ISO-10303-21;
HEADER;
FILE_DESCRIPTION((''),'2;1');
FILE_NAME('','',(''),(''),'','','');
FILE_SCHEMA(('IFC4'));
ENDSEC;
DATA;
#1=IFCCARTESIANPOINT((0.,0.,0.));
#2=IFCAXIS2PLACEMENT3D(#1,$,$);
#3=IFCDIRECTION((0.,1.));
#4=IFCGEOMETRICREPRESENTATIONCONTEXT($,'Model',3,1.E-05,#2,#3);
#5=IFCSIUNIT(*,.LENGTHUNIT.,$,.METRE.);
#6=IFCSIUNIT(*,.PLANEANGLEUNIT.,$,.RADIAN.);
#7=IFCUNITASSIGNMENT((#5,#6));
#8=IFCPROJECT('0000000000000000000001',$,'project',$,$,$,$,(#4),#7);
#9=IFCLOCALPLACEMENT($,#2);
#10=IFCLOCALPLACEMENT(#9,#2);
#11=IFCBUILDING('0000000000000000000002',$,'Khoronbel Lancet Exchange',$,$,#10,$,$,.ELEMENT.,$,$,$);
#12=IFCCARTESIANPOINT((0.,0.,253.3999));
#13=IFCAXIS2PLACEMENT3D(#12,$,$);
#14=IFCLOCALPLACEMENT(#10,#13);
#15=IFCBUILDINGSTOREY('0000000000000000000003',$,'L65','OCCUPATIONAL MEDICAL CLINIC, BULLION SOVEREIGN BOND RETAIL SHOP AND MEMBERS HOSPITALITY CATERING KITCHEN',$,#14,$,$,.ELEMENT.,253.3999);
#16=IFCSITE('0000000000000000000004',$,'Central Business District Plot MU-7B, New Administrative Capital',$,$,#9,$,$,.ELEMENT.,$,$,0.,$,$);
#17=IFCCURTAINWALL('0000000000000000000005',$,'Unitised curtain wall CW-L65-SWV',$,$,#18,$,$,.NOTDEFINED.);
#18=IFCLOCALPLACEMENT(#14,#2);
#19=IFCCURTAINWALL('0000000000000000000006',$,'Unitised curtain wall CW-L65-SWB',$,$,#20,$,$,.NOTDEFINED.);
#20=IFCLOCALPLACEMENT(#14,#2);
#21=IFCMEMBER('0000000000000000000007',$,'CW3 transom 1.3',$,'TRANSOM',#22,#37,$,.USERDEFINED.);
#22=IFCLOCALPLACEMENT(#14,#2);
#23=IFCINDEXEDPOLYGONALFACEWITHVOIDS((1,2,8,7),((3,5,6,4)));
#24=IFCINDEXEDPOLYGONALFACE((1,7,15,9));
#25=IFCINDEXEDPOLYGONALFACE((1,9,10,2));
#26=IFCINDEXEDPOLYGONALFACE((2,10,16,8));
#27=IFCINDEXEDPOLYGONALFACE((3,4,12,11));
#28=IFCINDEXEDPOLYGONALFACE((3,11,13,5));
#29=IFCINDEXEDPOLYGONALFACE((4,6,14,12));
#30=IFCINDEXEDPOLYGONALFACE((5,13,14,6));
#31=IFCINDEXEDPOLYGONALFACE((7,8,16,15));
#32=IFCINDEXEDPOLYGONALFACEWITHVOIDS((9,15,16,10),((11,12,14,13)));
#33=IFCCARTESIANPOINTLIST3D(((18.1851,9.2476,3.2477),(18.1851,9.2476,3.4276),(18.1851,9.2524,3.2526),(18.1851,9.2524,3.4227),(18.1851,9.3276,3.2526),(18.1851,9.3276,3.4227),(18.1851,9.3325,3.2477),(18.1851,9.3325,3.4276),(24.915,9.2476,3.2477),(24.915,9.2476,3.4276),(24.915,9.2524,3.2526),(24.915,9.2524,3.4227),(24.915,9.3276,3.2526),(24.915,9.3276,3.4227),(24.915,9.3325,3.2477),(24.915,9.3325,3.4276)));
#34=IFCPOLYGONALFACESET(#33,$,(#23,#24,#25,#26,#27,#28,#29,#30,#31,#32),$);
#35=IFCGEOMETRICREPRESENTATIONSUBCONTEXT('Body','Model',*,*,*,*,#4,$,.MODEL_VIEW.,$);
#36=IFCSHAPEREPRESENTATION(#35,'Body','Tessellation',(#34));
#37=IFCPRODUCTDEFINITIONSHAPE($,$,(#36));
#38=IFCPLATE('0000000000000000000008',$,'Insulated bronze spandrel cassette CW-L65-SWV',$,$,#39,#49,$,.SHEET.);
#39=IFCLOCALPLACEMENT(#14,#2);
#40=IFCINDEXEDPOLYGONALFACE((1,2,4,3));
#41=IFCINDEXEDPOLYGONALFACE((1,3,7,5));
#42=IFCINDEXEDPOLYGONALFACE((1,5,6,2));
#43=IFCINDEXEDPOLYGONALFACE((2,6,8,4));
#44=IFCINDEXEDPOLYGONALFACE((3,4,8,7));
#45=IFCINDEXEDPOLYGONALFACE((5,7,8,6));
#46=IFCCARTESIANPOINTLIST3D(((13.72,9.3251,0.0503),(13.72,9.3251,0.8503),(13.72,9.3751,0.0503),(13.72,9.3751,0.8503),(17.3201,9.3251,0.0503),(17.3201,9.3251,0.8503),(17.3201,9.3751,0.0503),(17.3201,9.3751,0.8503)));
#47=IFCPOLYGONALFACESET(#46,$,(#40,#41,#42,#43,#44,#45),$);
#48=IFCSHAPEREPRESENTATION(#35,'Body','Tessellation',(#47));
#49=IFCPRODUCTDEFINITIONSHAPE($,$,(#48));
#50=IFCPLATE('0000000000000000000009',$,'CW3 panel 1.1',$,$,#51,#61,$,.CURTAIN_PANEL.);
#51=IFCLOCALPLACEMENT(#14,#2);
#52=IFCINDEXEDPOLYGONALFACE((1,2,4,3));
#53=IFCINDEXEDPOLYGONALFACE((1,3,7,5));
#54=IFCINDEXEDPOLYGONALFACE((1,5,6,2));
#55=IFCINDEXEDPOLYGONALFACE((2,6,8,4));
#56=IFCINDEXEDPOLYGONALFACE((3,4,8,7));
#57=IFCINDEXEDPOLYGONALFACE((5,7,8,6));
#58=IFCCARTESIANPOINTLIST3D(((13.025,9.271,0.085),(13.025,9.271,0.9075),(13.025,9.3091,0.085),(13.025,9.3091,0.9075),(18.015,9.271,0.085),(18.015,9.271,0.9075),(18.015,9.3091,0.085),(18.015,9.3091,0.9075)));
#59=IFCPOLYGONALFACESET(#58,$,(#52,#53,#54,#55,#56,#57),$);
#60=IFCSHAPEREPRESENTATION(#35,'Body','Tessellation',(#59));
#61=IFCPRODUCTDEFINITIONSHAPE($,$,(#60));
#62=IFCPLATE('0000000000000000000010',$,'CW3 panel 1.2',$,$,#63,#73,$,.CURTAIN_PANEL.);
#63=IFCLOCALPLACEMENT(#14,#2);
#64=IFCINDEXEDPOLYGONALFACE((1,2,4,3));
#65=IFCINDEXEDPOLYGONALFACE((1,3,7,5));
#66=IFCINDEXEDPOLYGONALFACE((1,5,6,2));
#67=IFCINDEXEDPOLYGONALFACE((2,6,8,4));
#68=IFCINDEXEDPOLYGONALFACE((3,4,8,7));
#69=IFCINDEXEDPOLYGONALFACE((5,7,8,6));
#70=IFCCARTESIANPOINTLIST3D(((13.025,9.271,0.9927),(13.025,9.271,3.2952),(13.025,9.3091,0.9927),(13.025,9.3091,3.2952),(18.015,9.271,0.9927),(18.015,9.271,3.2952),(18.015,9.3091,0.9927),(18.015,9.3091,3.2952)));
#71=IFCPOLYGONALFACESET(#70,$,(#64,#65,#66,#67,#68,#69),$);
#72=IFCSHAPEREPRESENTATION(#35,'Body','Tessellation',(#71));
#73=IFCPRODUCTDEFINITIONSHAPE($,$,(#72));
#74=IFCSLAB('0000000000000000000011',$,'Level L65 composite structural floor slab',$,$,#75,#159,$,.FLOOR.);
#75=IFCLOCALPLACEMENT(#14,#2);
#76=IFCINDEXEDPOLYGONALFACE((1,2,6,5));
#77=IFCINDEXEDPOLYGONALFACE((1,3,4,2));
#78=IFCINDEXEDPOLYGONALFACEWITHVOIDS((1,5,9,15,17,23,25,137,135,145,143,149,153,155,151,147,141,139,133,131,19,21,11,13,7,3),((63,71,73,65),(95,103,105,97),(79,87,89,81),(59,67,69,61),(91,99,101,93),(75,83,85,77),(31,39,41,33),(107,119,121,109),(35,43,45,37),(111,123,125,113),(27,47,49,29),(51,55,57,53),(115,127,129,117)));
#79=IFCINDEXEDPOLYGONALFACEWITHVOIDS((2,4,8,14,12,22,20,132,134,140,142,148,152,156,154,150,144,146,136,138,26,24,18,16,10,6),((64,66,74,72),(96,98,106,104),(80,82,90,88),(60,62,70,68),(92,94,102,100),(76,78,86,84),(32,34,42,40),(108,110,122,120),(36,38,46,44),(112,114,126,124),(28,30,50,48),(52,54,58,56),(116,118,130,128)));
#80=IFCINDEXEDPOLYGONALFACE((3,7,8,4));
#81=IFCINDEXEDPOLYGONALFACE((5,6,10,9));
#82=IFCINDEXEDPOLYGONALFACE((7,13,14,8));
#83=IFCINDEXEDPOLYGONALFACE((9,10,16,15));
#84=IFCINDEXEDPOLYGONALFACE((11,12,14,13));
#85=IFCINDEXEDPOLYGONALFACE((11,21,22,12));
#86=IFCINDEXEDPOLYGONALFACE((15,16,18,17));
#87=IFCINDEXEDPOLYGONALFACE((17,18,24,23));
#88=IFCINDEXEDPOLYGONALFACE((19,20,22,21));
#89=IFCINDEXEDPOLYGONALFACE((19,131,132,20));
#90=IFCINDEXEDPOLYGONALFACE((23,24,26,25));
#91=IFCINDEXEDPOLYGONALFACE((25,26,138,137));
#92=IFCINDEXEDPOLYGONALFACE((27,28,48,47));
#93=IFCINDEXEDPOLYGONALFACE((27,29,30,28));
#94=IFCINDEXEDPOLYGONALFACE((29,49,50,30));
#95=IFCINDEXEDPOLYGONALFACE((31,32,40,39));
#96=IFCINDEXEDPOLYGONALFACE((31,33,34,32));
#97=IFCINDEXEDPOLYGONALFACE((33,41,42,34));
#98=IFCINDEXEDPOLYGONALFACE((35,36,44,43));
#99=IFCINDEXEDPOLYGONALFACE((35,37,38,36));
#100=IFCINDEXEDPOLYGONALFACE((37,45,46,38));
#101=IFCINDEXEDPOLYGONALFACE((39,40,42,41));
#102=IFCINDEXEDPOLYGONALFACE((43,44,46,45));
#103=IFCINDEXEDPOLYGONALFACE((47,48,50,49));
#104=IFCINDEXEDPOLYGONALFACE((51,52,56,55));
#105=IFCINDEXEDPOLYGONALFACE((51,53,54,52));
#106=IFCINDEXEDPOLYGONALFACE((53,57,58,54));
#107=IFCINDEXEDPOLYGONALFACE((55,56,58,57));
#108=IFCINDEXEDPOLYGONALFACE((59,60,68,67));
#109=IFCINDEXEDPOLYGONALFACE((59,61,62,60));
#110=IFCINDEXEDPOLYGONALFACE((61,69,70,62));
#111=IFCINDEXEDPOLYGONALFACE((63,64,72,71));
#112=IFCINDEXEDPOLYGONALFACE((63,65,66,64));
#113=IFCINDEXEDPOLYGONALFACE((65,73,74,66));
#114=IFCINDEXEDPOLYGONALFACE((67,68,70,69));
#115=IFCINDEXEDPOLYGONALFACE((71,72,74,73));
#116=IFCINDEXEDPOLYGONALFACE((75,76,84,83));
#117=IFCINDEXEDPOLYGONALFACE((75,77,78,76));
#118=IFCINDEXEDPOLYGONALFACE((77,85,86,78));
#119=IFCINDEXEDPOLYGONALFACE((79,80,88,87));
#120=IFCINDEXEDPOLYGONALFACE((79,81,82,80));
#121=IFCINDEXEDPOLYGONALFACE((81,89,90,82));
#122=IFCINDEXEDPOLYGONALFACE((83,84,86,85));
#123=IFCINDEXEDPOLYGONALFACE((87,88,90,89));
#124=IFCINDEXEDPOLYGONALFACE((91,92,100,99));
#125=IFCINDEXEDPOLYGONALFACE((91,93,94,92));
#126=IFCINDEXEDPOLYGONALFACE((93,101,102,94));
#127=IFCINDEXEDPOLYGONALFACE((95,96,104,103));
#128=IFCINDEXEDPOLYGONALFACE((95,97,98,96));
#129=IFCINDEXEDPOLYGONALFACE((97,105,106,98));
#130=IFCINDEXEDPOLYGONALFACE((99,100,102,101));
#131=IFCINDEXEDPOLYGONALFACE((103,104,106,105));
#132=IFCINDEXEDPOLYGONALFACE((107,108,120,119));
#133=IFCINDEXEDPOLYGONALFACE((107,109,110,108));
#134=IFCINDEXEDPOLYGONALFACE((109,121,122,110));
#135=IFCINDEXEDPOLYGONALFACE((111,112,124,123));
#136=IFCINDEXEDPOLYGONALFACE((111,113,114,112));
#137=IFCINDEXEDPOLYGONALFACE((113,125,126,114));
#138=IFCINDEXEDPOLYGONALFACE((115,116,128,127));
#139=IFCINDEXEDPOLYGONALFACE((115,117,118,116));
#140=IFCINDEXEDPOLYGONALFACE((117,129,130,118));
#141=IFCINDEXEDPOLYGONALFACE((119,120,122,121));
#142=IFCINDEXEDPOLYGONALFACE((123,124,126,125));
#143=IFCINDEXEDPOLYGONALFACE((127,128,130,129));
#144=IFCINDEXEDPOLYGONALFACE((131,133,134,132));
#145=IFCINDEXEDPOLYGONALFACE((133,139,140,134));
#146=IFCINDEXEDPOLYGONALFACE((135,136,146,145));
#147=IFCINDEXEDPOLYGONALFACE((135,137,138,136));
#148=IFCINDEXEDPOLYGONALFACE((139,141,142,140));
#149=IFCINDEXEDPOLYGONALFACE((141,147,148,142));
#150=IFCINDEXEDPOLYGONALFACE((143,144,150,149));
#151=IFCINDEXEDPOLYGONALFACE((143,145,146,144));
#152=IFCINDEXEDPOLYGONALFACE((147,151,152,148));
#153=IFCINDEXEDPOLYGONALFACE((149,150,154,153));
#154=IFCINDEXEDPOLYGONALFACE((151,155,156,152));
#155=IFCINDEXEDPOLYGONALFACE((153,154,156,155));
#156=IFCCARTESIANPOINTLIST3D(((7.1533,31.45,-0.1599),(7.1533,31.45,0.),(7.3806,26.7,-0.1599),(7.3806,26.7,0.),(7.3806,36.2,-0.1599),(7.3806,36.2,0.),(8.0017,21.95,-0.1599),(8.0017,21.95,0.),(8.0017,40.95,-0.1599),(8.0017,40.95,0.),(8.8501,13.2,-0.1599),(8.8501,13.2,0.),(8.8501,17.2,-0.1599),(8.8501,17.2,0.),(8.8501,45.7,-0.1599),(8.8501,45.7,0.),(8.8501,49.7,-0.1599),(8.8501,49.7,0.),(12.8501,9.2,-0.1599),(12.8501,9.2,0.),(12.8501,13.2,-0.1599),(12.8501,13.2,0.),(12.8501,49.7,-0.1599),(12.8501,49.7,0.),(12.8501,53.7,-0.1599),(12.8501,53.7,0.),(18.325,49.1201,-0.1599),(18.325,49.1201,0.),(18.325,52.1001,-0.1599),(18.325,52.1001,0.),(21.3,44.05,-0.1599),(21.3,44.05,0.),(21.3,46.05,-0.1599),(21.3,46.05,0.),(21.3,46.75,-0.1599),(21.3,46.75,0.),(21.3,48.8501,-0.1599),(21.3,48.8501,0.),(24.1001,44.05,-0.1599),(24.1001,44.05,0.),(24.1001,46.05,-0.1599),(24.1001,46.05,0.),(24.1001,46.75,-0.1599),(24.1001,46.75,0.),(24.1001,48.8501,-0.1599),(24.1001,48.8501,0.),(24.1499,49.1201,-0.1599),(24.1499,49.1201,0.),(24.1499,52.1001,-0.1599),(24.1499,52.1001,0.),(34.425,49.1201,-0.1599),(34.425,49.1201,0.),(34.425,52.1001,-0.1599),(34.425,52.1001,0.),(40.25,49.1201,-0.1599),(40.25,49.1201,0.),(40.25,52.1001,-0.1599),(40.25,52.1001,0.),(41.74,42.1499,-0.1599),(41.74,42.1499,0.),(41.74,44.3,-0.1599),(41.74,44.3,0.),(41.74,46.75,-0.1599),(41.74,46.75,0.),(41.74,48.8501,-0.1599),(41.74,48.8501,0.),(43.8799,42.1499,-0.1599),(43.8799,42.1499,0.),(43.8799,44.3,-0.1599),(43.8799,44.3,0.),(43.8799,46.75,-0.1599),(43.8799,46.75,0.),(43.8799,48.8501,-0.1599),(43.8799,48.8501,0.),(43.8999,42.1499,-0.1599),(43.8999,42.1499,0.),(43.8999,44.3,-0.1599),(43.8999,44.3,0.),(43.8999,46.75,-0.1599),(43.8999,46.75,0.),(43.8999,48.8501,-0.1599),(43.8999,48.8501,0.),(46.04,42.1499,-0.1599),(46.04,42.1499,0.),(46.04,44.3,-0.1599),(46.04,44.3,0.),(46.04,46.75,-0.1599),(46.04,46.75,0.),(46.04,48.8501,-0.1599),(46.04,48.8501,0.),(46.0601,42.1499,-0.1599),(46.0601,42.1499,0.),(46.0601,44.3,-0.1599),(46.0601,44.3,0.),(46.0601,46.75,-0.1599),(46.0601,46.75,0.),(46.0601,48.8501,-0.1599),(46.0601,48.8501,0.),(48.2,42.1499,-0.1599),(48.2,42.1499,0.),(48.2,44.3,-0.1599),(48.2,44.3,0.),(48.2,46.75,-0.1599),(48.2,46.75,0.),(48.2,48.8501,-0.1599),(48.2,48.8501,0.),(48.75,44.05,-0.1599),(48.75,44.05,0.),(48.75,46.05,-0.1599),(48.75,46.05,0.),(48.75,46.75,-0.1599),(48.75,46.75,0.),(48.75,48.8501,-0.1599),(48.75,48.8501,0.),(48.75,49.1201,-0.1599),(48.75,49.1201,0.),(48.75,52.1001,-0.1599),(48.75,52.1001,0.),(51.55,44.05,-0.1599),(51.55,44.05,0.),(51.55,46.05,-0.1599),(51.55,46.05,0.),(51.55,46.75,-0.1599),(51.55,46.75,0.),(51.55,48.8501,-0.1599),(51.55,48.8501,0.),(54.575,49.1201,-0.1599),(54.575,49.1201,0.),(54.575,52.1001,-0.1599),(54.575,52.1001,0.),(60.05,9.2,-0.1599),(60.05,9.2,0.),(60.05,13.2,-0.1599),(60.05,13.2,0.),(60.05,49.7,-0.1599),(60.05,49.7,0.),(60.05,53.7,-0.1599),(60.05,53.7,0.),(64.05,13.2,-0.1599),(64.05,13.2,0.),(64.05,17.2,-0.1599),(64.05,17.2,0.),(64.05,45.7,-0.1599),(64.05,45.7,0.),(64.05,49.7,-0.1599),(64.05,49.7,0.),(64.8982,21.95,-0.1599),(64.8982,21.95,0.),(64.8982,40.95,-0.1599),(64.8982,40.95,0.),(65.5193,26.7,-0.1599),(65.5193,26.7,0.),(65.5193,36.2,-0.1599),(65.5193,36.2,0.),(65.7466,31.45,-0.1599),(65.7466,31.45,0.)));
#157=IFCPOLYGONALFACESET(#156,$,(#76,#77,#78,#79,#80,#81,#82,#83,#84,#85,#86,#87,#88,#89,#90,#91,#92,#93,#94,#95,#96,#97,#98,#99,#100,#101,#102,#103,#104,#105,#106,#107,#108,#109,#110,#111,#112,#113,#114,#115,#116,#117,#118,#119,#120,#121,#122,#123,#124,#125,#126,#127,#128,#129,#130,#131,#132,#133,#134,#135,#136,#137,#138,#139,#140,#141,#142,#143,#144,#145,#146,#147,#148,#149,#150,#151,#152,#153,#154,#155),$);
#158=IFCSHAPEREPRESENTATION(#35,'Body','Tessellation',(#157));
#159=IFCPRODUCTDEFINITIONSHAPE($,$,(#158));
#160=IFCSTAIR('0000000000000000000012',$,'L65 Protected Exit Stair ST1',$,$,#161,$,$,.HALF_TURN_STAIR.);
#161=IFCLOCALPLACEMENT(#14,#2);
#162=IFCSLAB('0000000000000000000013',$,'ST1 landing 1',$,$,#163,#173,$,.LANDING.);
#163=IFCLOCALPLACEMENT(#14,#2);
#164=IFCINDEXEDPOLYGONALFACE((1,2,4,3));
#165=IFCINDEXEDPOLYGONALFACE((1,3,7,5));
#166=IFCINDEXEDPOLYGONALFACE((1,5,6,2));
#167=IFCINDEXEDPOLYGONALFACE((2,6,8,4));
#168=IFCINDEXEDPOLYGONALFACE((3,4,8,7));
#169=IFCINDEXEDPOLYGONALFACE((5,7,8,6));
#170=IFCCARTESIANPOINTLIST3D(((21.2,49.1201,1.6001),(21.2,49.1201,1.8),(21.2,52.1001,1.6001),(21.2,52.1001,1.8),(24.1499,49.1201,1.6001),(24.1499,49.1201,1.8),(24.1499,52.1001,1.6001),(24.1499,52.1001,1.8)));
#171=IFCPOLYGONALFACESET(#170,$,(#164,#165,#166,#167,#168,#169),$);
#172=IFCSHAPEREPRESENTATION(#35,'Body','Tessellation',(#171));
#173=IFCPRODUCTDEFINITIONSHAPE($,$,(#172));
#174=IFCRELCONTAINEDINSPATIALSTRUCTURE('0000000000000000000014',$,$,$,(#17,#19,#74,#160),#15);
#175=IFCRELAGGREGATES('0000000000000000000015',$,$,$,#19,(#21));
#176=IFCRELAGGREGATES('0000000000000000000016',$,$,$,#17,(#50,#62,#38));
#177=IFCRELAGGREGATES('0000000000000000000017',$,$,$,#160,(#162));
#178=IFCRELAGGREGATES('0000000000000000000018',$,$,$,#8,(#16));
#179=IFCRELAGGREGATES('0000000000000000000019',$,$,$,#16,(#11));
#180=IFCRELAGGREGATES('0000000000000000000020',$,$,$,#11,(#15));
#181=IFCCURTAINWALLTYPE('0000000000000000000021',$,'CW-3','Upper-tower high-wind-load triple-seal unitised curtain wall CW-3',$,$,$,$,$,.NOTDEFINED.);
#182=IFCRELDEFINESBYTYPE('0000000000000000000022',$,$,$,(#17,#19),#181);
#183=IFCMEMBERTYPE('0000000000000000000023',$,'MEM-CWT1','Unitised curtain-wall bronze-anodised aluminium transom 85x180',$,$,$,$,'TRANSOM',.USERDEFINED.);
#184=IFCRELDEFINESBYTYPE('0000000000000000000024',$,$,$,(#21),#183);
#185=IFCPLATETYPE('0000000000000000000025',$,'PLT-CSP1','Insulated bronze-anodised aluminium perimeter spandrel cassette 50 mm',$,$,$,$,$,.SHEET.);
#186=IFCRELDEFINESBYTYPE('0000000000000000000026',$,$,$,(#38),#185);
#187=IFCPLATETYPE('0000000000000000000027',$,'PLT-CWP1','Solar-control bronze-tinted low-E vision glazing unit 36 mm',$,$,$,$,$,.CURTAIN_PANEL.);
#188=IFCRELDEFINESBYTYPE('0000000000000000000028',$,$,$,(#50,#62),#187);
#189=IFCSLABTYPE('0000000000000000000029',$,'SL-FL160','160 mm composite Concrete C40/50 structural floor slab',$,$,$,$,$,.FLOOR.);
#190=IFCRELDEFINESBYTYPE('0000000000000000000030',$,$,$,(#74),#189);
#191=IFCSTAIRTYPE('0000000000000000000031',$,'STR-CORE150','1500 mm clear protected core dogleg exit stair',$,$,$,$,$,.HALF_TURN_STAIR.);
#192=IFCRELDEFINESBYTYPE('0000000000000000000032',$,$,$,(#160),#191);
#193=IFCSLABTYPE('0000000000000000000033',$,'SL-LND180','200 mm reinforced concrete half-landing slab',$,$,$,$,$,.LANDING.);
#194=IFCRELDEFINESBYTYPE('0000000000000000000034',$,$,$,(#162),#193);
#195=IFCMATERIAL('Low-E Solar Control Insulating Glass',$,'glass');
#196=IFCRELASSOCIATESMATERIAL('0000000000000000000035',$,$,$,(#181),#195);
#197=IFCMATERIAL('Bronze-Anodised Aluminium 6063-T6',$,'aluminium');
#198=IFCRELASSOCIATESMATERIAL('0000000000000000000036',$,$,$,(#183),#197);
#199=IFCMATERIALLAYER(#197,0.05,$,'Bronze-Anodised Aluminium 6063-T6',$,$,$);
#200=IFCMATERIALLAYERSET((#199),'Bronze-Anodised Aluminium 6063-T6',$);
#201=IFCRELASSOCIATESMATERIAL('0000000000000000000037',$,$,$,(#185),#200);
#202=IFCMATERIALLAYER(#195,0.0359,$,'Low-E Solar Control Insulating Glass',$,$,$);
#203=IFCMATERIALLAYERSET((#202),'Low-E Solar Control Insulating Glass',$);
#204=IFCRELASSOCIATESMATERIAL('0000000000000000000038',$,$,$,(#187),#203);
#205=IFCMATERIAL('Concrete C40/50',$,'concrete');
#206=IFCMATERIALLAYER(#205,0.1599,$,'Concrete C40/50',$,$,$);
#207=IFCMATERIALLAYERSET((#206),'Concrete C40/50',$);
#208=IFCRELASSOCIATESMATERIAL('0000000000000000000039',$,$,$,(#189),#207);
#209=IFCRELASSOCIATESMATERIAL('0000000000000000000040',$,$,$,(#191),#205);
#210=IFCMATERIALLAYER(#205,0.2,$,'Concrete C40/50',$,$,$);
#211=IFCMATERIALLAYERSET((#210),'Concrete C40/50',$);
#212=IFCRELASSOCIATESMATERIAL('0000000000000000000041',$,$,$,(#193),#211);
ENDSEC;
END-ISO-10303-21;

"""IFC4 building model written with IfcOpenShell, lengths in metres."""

from ifc_helpers import new_model, si_unit, direction, frame, origin, origin_2d, place, context, subcontext, project, spatial, polyline, rectangle, hollow_rectangle, outline, extrude, material, layer, layer_set, material_profile, profile_set, type_object, element, aggregate, save


model = new_model("IFC4")

# Units and contexts
model_context = context("Model", 3, precision=1e-05, world=origin(), true_north=direction((0.0, 1.0)))
body_context = subcontext(model_context, "Body", "Model", "MODEL_VIEW")
ifc_project = project(units=[si_unit("LENGTHUNIT", "METRE"), si_unit("PLANEANGLEUNIT", "RADIAN")], contexts=[model_context])

# Site, building, storey
site_placement = place(None, origin())
site = spatial("IfcSite", under=ifc_project, at=site_placement, Name="Central Business District Plot MU-7B, New Administrative Capital", CompositionType="ELEMENT", RefElevation=0.0)
building_placement = place(site_placement, origin())
building = spatial("IfcBuilding", under=site, at=building_placement, Name="Khoronbel Lancet Exchange", CompositionType="ELEMENT")
storey_placement = place(building_placement, frame((0.0, 0.0, 253.3999)))
storey = spatial("IfcBuildingStorey", under=building, at=storey_placement, Name="L65", Description="OCCUPATIONAL MEDICAL CLINIC, BULLION SOVEREIGN BOND RETAIL SHOP AND MEMBERS HOSPITALITY CATERING KITCHEN", CompositionType="ELEMENT", Elevation=253.3999)

# Curtain wall
ifc_material_1 = material(Name="Low-E Solar Control Insulating Glass", Category="glass")
curtain_wall_type = type_object("IfcCurtainWallType", Name="CW-3", Description="Upper-tower high-wind-load triple-seal unitised curtain wall CW-3", PredefinedType="NOTDEFINED", material=ifc_material_1)
curtain_wall_1_placement = place(storey_placement, origin())
curtain_wall_1 = element("IfcCurtainWall", 1, at=curtain_wall_1_placement, inside=storey, type_object=curtain_wall_type, Name="Unitised curtain wall CW-L65-SWV", PredefinedType="NOTDEFINED")
ifc_material_2 = material(Name="Bronze-Anodised Aluminium 6063-T6", Category="aluminium")

# Curtain wall
curtain_wall_2_placement = place(storey_placement, origin())
curtain_wall_2 = element("IfcCurtainWall", 2, at=curtain_wall_2_placement, inside=storey, type_object=curtain_wall_type, Name="Unitised curtain wall CW-L65-SWB", PredefinedType="NOTDEFINED")

# Member
ifc_material_profile_1 = material_profile(ifc_material_2, hollow_rectangle(XDim=0.085, YDim=0.1799, WallThickness=0.0049, at=origin_2d()), Name="ALU TRANSOM 85x180")
ifc_profile_set_1 = profile_set([ifc_material_profile_1], Name="Bronze-Anodised Aluminium 6063-T6")
member_type_1 = type_object("IfcMemberType", Name="MEM-CWT1", Description="Unitised curtain-wall bronze-anodised aluminium transom 85x180", ElementType="TRANSOM", PredefinedType="USERDEFINED", material=ifc_profile_set_1)
member_1_placement = place(storey_placement, frame((18.1851, 9.29, 3.3376), z_axis=(1.0, 0.0, 0.0), x_axis=(0.0, 1.0, 0.0)))
member_1 = element("IfcMember", 3, at=member_1_placement, type_object=member_type_1, Name="CW3 transom 1.3", ObjectType="TRANSOM", PredefinedType="USERDEFINED", context=body_context, shape_type="SweptSolid", body=[
    extrude(hollow_rectangle(XDim=0.085, YDim=0.1799, WallThickness=0.0049, at=origin_2d()), origin(), (0.0, 0.0, 1.0), 6.73),
])
aggregate(curtain_wall_2, [member_1])

# Plates
ifc_layer_1 = layer(ifc_material_2, 0.05, Name="Bronze-Anodised Aluminium 6063-T6")
ifc_layer_set_1 = layer_set([ifc_layer_1], Name="Bronze-Anodised Aluminium 6063-T6")
plate_type_1 = type_object("IfcPlateType", Name="PLT-CSP1", Description="Insulated bronze-anodised aluminium perimeter spandrel cassette 50 mm", PredefinedType="SHEET", material=ifc_layer_set_1)
plate_1_placement = place(storey_placement, frame((15.52, 9.3501, 0.0503), z_axis=(0.0, 0.0, 1.0), x_axis=(1.0, 0.0, 0.0)))
plate_1 = element("IfcPlate", 4, at=plate_1_placement, type_object=plate_type_1, Name="Insulated bronze spandrel cassette CW-L65-SWV", PredefinedType="SHEET", context=body_context, shape_type="SweptSolid", body=[
    extrude(rectangle(XDim=3.6001, YDim=0.05, at=origin_2d()), origin(), (0.0, 0.0, 1.0), 0.8),
])
ifc_layer_2 = layer(ifc_material_1, 0.0359, Name="Low-E Solar Control Insulating Glass")
ifc_layer_set_2 = layer_set([ifc_layer_2], Name="Low-E Solar Control Insulating Glass")
plate_type_2 = type_object("IfcPlateType", Name="PLT-CWP1", Description="Solar-control bronze-tinted low-E vision glazing unit 36 mm", PredefinedType="CURTAIN_PANEL", material=ifc_layer_set_2)
plate_2_placement = place(storey_placement, frame((15.52, 9.29, 0.085), z_axis=(0.0, 0.0, 1.0), x_axis=(1.0, 0.0, 0.0)))
plate_2 = element("IfcPlate", 5, at=plate_2_placement, type_object=plate_type_2, Name="CW3 panel 1.1", PredefinedType="CURTAIN_PANEL", context=body_context, shape_type="SweptSolid", body=[
    extrude(rectangle(XDim=4.99, YDim=0.0381, at=origin_2d()), origin(), (0.0, 0.0, 1.0), 0.8225),
])
plate_3_placement = place(storey_placement, frame((15.52, 9.29, 0.9927), z_axis=(0.0, 0.0, 1.0), x_axis=(1.0, 0.0, 0.0)))
plate_3 = element("IfcPlate", 6, at=plate_3_placement, type_object=plate_type_2, Name="CW3 panel 1.2", PredefinedType="CURTAIN_PANEL", context=body_context, shape_type="SweptSolid", body=[
    extrude(rectangle(XDim=4.99, YDim=0.0381, at=origin_2d()), origin(), (0.0, 0.0, 1.0), 2.3025),
])
aggregate(curtain_wall_1, [plate_2, plate_3, plate_1])

# Slab
ifc_material_3 = material(Name="Concrete C40/50", Category="concrete")
ifc_layer_3 = layer(ifc_material_3, 0.1599, Name="Concrete C40/50")
ifc_layer_set_3 = layer_set([ifc_layer_3], Name="Concrete C40/50")
slab_type_1 = type_object("IfcSlabType", Name="SL-FL160", Description="160 mm composite Concrete C40/50 structural floor slab", PredefinedType="FLOOR", material=ifc_layer_set_3)
slab_1_placement = place(storey_placement, frame((0.0, 0.0, -0.1599)))
element("IfcSlab", 7, at=slab_1_placement, inside=storey, type_object=slab_type_1, Name="Level L65 composite structural floor slab", PredefinedType="FLOOR", context=body_context, shape_type="SweptSolid", body=[
    extrude(outline(polyline([(12.8501, 9.2), (60.05, 9.2), (60.05, 13.2), (64.05, 13.2), (64.05, 17.2), (64.8982, 21.95), (65.5193, 26.7), (65.7466, 31.45), (65.5193, 36.2), (64.8982, 40.95), (64.05, 45.7), (64.05, 49.7), (60.05, 49.7), (60.05, 53.7), (12.8501, 53.7), (12.8501, 49.7), (8.8501, 49.7), (8.8501, 45.7), (8.0017, 40.95), (7.3806, 36.2), (7.1533, 31.45), (7.3806, 26.7), (8.0017, 21.95), (8.8501, 17.2), (8.8501, 13.2), (12.8501, 13.2), (12.8501, 9.2)]), holes=[polyline([(18.325, 49.1201), (24.1499, 49.1201), (24.1499, 52.1001), (18.325, 52.1001), (18.325, 49.1201)]), polyline([(48.75, 49.1201), (54.575, 49.1201), (54.575, 52.1001), (48.75, 52.1001), (48.75, 49.1201)]), polyline([(34.425, 49.1201), (40.25, 49.1201), (40.25, 52.1001), (34.425, 52.1001), (34.425, 49.1201)]), polyline([(41.74, 46.75), (43.8799, 46.75), (43.8799, 48.8501), (41.74, 48.8501), (41.74, 46.75)]), polyline([(43.8999, 46.75), (46.04, 46.75), (46.04, 48.8501), (43.8999, 48.8501), (43.8999, 46.75)]), polyline([(46.0601, 46.75), (48.2, 46.75), (48.2, 48.8501), (46.0601, 48.8501), (46.0601, 46.75)]), polyline([(41.74, 42.1499), (43.8799, 42.1499), (43.8799, 44.3), (41.74, 44.3), (41.74, 42.1499)]), polyline([(43.8999, 42.1499), (46.04, 42.1499), (46.04, 44.3), (43.8999, 44.3), (43.8999, 42.1499)]), polyline([(46.0601, 42.1499), (48.2, 42.1499), (48.2, 44.3), (46.0601, 44.3), (46.0601, 42.1499)]), polyline([(21.3, 46.75), (24.1001, 46.75), (24.1001, 48.8501), (21.3, 48.8501), (21.3, 46.75)]), polyline([(48.75, 46.75), (51.55, 46.75), (51.55, 48.8501), (48.75, 48.8501), (48.75, 46.75)]), polyline([(21.3, 44.05), (24.1001, 44.05), (24.1001, 46.05), (21.3, 46.05), (21.3, 44.05)]), polyline([(48.75, 44.05), (51.55, 44.05), (51.55, 46.05), (48.75, 46.05), (48.75, 44.05)])]), origin(), (0.0, 0.0, 1.0), 0.1599),
])

# Stair, slab
stair_type = type_object("IfcStairType", Name="STR-CORE150", Description="1500 mm clear protected core dogleg exit stair", PredefinedType="HALF_TURN_STAIR", material=ifc_material_3)
stair_1_placement = place(storey_placement, origin())
stair_1 = element("IfcStair", 8, at=stair_1_placement, inside=storey, type_object=stair_type, Name="L65 Protected Exit Stair ST1", PredefinedType="HALF_TURN_STAIR")
ifc_layer_4 = layer(ifc_material_3, 0.2, Name="Concrete C40/50")
ifc_layer_set_4 = layer_set([ifc_layer_4], Name="Concrete C40/50")
slab_type_2 = type_object("IfcSlabType", Name="SL-LND180", Description="200 mm reinforced concrete half-landing slab", PredefinedType="LANDING", material=ifc_layer_set_4)
slab_2_placement = place(storey_placement, frame((0.0, 0.0, 1.6001)))
slab_2 = element("IfcSlab", 9, at=slab_2_placement, type_object=slab_type_2, Name="ST1 landing 1", PredefinedType="LANDING", context=body_context, shape_type="SweptSolid", body=[
    extrude(outline(polyline([(21.2, 49.1201), (24.1499, 49.1201), (24.1499, 52.1001), (21.2, 52.1001), (21.2, 49.1201)])), origin(), (0.0, 0.0, 1.0), 0.2),
])
aggregate(stair_1, [slab_2])

save(model, "model.ifc")
